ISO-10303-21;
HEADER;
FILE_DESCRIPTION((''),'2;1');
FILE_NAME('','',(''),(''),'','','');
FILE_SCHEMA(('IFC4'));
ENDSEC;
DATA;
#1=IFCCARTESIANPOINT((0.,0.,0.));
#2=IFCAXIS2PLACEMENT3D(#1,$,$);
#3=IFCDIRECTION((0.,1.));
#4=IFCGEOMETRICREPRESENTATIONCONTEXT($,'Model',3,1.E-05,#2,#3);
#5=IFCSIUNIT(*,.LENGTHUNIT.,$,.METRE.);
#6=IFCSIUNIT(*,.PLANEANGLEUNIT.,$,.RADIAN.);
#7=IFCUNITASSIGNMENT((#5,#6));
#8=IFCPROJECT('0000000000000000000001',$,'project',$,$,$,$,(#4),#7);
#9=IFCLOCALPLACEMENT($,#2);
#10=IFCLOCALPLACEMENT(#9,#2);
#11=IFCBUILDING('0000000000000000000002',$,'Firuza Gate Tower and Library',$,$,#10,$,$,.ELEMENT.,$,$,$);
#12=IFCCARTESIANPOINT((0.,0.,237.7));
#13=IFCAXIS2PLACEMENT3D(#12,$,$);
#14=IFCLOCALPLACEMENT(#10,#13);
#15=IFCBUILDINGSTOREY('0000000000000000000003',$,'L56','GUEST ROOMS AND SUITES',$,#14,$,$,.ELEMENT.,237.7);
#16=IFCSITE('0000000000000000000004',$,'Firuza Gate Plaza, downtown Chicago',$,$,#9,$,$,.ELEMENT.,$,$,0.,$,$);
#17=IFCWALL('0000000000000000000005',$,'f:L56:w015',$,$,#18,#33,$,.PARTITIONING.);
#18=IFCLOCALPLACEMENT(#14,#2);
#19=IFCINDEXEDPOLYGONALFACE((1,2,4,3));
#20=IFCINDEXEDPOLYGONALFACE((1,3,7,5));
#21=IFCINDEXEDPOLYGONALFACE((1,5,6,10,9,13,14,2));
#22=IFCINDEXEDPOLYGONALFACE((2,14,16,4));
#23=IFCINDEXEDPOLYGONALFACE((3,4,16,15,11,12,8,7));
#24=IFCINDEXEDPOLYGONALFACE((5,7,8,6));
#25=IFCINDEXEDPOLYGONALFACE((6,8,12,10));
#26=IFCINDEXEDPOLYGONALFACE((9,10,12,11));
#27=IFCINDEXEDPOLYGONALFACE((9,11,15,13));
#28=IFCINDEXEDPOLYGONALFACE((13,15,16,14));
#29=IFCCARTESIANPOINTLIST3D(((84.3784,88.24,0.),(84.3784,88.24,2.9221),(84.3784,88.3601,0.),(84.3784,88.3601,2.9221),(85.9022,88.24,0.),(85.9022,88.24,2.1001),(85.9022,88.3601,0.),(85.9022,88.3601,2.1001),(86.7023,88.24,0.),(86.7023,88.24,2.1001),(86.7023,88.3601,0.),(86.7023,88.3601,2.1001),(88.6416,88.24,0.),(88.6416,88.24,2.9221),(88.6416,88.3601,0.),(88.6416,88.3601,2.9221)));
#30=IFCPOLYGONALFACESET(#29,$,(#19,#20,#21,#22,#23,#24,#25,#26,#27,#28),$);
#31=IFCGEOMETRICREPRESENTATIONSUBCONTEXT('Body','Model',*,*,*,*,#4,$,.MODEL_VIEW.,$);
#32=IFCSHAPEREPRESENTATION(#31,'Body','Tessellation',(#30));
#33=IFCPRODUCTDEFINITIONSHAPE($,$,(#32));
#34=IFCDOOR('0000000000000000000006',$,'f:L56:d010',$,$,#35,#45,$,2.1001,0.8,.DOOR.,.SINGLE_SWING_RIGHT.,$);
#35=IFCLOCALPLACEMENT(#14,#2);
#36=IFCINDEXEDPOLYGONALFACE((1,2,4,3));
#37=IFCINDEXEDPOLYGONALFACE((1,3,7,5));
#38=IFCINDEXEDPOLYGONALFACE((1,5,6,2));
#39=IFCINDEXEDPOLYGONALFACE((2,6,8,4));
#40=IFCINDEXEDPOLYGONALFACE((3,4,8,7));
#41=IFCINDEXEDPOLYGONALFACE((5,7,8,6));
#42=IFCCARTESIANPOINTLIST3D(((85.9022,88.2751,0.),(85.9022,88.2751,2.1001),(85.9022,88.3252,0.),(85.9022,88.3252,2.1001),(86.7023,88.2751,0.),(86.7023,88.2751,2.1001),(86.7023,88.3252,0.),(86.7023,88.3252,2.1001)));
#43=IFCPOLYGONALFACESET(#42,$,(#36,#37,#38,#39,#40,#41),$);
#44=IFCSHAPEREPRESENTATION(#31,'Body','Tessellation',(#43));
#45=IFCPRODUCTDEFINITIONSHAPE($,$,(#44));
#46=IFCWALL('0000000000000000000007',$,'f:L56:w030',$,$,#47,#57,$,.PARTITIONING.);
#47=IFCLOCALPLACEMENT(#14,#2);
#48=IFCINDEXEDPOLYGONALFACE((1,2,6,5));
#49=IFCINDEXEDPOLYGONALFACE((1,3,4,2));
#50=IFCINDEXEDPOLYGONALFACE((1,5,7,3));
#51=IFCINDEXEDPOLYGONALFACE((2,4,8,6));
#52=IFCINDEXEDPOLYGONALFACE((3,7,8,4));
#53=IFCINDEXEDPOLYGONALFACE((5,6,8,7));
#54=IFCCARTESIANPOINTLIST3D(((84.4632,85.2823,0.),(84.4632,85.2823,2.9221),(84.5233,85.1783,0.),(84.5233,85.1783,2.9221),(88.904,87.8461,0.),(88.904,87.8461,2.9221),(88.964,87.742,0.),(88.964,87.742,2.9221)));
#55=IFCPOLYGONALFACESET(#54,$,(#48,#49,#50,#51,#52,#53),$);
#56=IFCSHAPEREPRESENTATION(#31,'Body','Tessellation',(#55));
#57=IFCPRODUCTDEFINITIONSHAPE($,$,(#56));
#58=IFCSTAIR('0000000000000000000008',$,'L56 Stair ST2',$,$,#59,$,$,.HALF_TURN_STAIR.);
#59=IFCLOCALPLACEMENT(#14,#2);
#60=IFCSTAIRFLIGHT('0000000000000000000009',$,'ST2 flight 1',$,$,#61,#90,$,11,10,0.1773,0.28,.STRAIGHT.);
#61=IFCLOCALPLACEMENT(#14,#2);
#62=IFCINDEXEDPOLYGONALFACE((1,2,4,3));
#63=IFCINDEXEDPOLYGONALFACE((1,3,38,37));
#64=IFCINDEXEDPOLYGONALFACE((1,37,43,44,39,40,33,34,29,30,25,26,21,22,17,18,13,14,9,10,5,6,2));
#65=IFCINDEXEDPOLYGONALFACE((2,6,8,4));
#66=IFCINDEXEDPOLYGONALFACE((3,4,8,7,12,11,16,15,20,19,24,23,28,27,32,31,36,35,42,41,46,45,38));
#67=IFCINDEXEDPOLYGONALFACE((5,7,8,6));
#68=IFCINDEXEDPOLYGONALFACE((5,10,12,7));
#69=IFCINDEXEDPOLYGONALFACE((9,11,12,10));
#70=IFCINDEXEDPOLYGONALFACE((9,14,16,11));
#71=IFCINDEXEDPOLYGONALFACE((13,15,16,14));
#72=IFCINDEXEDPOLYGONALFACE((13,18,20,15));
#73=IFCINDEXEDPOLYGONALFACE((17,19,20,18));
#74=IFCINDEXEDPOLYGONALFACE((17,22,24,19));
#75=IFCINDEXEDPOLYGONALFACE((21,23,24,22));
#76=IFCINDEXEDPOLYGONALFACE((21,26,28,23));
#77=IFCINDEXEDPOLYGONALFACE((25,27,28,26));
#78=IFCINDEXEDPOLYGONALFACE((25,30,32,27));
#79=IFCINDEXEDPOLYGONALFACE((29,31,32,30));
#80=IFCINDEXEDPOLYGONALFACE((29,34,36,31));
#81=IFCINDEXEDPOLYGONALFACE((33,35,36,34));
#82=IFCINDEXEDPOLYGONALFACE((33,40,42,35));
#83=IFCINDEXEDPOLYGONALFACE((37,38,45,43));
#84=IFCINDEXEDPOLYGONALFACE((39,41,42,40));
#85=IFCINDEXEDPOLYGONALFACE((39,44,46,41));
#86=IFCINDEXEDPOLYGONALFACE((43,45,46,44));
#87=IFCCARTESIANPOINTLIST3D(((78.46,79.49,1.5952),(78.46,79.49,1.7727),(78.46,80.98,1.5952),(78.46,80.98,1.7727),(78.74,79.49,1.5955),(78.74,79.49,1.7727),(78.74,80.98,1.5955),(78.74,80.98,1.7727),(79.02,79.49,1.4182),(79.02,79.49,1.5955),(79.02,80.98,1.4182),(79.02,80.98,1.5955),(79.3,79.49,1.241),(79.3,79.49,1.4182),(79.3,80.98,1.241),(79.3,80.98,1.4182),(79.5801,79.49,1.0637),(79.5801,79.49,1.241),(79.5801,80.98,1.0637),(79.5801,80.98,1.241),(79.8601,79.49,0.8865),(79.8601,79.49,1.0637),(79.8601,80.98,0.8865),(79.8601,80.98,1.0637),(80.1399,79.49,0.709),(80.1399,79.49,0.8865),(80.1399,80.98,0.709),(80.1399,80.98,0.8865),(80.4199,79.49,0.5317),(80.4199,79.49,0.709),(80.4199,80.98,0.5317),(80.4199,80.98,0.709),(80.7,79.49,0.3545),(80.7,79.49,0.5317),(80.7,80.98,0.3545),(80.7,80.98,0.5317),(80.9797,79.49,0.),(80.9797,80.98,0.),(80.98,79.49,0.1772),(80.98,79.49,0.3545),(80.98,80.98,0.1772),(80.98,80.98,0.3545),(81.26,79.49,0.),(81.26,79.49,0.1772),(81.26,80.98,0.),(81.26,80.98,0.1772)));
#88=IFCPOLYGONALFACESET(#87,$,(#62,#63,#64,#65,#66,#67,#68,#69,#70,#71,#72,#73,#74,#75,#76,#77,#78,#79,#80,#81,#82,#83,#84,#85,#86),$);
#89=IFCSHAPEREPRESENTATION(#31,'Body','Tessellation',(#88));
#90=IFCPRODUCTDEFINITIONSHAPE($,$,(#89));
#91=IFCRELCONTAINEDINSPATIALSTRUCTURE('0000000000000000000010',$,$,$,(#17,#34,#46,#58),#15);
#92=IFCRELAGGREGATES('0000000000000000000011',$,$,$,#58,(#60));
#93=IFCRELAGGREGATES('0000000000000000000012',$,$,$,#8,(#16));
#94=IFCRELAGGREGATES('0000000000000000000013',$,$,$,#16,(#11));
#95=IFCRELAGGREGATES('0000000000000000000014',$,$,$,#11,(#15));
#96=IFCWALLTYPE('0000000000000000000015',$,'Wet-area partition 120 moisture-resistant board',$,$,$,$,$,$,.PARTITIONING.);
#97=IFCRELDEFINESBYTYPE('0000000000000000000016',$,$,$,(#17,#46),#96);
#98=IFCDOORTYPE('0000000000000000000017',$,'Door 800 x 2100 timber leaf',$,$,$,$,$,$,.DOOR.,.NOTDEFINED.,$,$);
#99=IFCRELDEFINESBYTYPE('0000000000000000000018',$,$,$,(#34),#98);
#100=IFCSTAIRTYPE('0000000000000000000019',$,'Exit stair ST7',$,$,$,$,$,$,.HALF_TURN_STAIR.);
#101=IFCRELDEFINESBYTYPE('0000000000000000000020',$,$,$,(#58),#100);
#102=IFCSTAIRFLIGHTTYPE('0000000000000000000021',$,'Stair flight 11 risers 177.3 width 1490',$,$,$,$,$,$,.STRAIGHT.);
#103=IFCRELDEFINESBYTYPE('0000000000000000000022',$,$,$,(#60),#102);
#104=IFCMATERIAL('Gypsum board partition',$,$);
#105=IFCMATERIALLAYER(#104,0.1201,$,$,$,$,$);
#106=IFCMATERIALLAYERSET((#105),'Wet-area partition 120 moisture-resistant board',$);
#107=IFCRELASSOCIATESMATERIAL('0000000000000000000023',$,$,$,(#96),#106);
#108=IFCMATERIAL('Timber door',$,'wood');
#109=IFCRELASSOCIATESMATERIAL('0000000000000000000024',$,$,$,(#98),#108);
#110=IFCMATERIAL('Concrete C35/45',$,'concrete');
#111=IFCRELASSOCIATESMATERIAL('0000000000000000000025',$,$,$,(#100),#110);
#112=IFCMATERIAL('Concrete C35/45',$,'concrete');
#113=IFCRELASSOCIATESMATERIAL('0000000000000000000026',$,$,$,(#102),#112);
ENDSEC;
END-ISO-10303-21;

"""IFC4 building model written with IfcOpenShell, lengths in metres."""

from ifc_helpers import new_model, si_unit, direction, frame, frame_2d, origin, place, context, subcontext, project, spatial, polyline, rectangle, outline, extrude, material, layer, layer_set, type_object, element, fill, aggregate, save


model = new_model("IFC4")

# Units and contexts
model_context = context("Model", 3, precision=1e-05, world=origin(), true_north=direction((0.0, 1.0)))
body_context = subcontext(model_context, "Body", "Model", "MODEL_VIEW")
ifc_project = project(units=[si_unit("LENGTHUNIT", "METRE"), si_unit("PLANEANGLEUNIT", "RADIAN")], contexts=[model_context])

# Site, building, storey
site_placement = place(None, origin())
site = spatial("IfcSite", under=ifc_project, at=site_placement, Name="Firuza Gate Plaza, downtown Chicago", CompositionType="ELEMENT", RefElevation=0.0)
building_placement = place(site_placement, origin())
building = spatial("IfcBuilding", under=site, at=building_placement, Name="Firuza Gate Tower and Library", CompositionType="ELEMENT")
storey_placement = place(building_placement, frame((0.0, 0.0, 237.7)))
storey = spatial("IfcBuildingStorey", under=building, at=storey_placement, Name="L56", Description="GUEST ROOMS AND SUITES", CompositionType="ELEMENT", Elevation=237.7)

# Wall, opening, door
ifc_material_1 = material(Name="Gypsum board partition")
ifc_layer_1 = layer(ifc_material_1, 0.1201)
ifc_layer_set_1 = layer_set([ifc_layer_1], Name="Wet-area partition 120 moisture-resistant board")
wall_type_1 = type_object("IfcWallType", Name="Wet-area partition 120 moisture-resistant board", PredefinedType="PARTITIONING", material=ifc_layer_set_1)
wall_1_placement = place(storey_placement, frame((88.6416, 88.3, 0.0), z_axis=(0.0, 0.0, 1.0), x_axis=(-1.0, 0.0, 0.0)))
wall_1 = element("IfcWall", 1, at=wall_1_placement, inside=storey, type_object=wall_type_1, Name="f:L56:w015", PredefinedType="PARTITIONING", context=body_context, shape_type="SweptSolid", body=[
    extrude(rectangle(XDim=4.2632, YDim=0.1201, at=frame_2d((2.1316, 0.0))), origin(), (0.0, 0.0, 1.0), 2.9221),
])
opening_1_placement = place(wall_1_placement, frame((1.9395, 0.0, 0.0)))
opening_1 = element("IfcOpeningElement", 2, at=opening_1_placement, cuts=wall_1, PredefinedType="OPENING", context=body_context, shape_type="SweptSolid", body=[
    extrude(rectangle(XDim=0.8, YDim=2.1001, at=frame_2d((0.3999, 1.05))), frame((0.0, 0.0701, 0.0), z_axis=(0.0, -1.0, 0.0), x_axis=(1.0, 0.0, 0.0)), (0.0, 0.0, 1.0), 0.1401),
])
ifc_material_2 = material(Name="Timber door", Category="wood")
door_type_1 = type_object("IfcDoorType", Name="Door 800 x 2100 timber leaf", OperationType="NOTDEFINED", PredefinedType="DOOR", material=ifc_material_2)
door_1_placement = place(opening_1_placement, origin())
door_1 = element("IfcDoor", 3, at=door_1_placement, inside=storey, type_object=door_type_1, Name="f:L56:d010", OperationType="SINGLE_SWING_RIGHT", OverallHeight=2.1001, OverallWidth=0.8, PredefinedType="DOOR", context=body_context, shape_type="SweptSolid", body=[
    extrude(rectangle(XDim=0.8, YDim=2.1001, at=frame_2d((0.3999, 1.05))), frame((0.0, 0.0249, 0.0), z_axis=(0.0, -1.0, 0.0), x_axis=(1.0, 0.0, 0.0)), (0.0, 0.0, 1.0), 0.05),
])
fill(opening_1, door_1)

# Wall
wall_2_placement = place(storey_placement, frame((84.4932, 85.2302, 0.0), z_axis=(0.0, 0.0, 1.0), x_axis=(0.866034, 0.499985, 0.0)))
element("IfcWall", 4, at=wall_2_placement, inside=storey, type_object=wall_type_1, Name="f:L56:w030", PredefinedType="PARTITIONING", context=body_context, shape_type="SweptSolid", body=[
    extrude(rectangle(XDim=5.1277, YDim=0.1201, at=frame_2d((2.564, 0.0))), origin(), (0.0, 0.0, 1.0), 2.9221),
])

# Stair, stair flight
ifc_material_3 = material(Name="Concrete C35/45", Category="concrete")
stair_type = type_object("IfcStairType", Name="Exit stair ST7", PredefinedType="HALF_TURN_STAIR", material=ifc_material_3)
stair_placement = place(storey_placement, origin())
stair = element("IfcStair", 5, at=stair_placement, inside=storey, type_object=stair_type, Name="L56 Stair ST2", PredefinedType="HALF_TURN_STAIR")
ifc_material_4 = material(Name="Concrete C35/45", Category="concrete")
stair_flight_type = type_object("IfcStairFlightType", Name="Stair flight 11 risers 177.3 width 1490", PredefinedType="STRAIGHT", material=ifc_material_4)
stair_flight_placement = place(storey_placement, frame((81.26, 80.2351, 0.0), z_axis=(0.0, 0.0, 1.0), x_axis=(-1.0, 0.0, 0.0)))
stair_flight = element("IfcStairFlight", 6, at=stair_flight_placement, type_object=stair_flight_type, Name="ST2 flight 1", NumberOfRisers=11, NumberOfTreads=10, PredefinedType="STRAIGHT", RiserHeight=0.1773, TreadLength=0.28, context=body_context, shape_type="SweptSolid", body=[
    extrude(outline(polyline([(0.0, 0.0), (0.0, 0.1772), (0.28, 0.1772), (0.28, 0.3545), (0.5601, 0.3545), (0.5601, 0.5317), (0.8401, 0.5317), (0.8401, 0.709), (1.1201, 0.709), (1.1201, 0.8865), (1.3999, 0.8865), (1.3999, 1.0637), (1.6799, 1.0637), (1.6799, 1.241), (1.96, 1.241), (1.96, 1.4182), (2.24, 1.4182), (2.24, 1.5955), (2.52, 1.5955), (2.52, 1.7727), (2.8, 1.7727), (2.8, 1.95), (2.8, 1.5952), (0.2803, 0.0), (0.0, 0.0)])), frame((0.0, 0.7451, 0.0), z_axis=(0.0, -1.0, 0.0), x_axis=(1.0, 0.0, 0.0)), (0.0, 0.0, 1.0), 1.49),
])
aggregate(stair, [stair_flight])

save(model, "model.ifc")
